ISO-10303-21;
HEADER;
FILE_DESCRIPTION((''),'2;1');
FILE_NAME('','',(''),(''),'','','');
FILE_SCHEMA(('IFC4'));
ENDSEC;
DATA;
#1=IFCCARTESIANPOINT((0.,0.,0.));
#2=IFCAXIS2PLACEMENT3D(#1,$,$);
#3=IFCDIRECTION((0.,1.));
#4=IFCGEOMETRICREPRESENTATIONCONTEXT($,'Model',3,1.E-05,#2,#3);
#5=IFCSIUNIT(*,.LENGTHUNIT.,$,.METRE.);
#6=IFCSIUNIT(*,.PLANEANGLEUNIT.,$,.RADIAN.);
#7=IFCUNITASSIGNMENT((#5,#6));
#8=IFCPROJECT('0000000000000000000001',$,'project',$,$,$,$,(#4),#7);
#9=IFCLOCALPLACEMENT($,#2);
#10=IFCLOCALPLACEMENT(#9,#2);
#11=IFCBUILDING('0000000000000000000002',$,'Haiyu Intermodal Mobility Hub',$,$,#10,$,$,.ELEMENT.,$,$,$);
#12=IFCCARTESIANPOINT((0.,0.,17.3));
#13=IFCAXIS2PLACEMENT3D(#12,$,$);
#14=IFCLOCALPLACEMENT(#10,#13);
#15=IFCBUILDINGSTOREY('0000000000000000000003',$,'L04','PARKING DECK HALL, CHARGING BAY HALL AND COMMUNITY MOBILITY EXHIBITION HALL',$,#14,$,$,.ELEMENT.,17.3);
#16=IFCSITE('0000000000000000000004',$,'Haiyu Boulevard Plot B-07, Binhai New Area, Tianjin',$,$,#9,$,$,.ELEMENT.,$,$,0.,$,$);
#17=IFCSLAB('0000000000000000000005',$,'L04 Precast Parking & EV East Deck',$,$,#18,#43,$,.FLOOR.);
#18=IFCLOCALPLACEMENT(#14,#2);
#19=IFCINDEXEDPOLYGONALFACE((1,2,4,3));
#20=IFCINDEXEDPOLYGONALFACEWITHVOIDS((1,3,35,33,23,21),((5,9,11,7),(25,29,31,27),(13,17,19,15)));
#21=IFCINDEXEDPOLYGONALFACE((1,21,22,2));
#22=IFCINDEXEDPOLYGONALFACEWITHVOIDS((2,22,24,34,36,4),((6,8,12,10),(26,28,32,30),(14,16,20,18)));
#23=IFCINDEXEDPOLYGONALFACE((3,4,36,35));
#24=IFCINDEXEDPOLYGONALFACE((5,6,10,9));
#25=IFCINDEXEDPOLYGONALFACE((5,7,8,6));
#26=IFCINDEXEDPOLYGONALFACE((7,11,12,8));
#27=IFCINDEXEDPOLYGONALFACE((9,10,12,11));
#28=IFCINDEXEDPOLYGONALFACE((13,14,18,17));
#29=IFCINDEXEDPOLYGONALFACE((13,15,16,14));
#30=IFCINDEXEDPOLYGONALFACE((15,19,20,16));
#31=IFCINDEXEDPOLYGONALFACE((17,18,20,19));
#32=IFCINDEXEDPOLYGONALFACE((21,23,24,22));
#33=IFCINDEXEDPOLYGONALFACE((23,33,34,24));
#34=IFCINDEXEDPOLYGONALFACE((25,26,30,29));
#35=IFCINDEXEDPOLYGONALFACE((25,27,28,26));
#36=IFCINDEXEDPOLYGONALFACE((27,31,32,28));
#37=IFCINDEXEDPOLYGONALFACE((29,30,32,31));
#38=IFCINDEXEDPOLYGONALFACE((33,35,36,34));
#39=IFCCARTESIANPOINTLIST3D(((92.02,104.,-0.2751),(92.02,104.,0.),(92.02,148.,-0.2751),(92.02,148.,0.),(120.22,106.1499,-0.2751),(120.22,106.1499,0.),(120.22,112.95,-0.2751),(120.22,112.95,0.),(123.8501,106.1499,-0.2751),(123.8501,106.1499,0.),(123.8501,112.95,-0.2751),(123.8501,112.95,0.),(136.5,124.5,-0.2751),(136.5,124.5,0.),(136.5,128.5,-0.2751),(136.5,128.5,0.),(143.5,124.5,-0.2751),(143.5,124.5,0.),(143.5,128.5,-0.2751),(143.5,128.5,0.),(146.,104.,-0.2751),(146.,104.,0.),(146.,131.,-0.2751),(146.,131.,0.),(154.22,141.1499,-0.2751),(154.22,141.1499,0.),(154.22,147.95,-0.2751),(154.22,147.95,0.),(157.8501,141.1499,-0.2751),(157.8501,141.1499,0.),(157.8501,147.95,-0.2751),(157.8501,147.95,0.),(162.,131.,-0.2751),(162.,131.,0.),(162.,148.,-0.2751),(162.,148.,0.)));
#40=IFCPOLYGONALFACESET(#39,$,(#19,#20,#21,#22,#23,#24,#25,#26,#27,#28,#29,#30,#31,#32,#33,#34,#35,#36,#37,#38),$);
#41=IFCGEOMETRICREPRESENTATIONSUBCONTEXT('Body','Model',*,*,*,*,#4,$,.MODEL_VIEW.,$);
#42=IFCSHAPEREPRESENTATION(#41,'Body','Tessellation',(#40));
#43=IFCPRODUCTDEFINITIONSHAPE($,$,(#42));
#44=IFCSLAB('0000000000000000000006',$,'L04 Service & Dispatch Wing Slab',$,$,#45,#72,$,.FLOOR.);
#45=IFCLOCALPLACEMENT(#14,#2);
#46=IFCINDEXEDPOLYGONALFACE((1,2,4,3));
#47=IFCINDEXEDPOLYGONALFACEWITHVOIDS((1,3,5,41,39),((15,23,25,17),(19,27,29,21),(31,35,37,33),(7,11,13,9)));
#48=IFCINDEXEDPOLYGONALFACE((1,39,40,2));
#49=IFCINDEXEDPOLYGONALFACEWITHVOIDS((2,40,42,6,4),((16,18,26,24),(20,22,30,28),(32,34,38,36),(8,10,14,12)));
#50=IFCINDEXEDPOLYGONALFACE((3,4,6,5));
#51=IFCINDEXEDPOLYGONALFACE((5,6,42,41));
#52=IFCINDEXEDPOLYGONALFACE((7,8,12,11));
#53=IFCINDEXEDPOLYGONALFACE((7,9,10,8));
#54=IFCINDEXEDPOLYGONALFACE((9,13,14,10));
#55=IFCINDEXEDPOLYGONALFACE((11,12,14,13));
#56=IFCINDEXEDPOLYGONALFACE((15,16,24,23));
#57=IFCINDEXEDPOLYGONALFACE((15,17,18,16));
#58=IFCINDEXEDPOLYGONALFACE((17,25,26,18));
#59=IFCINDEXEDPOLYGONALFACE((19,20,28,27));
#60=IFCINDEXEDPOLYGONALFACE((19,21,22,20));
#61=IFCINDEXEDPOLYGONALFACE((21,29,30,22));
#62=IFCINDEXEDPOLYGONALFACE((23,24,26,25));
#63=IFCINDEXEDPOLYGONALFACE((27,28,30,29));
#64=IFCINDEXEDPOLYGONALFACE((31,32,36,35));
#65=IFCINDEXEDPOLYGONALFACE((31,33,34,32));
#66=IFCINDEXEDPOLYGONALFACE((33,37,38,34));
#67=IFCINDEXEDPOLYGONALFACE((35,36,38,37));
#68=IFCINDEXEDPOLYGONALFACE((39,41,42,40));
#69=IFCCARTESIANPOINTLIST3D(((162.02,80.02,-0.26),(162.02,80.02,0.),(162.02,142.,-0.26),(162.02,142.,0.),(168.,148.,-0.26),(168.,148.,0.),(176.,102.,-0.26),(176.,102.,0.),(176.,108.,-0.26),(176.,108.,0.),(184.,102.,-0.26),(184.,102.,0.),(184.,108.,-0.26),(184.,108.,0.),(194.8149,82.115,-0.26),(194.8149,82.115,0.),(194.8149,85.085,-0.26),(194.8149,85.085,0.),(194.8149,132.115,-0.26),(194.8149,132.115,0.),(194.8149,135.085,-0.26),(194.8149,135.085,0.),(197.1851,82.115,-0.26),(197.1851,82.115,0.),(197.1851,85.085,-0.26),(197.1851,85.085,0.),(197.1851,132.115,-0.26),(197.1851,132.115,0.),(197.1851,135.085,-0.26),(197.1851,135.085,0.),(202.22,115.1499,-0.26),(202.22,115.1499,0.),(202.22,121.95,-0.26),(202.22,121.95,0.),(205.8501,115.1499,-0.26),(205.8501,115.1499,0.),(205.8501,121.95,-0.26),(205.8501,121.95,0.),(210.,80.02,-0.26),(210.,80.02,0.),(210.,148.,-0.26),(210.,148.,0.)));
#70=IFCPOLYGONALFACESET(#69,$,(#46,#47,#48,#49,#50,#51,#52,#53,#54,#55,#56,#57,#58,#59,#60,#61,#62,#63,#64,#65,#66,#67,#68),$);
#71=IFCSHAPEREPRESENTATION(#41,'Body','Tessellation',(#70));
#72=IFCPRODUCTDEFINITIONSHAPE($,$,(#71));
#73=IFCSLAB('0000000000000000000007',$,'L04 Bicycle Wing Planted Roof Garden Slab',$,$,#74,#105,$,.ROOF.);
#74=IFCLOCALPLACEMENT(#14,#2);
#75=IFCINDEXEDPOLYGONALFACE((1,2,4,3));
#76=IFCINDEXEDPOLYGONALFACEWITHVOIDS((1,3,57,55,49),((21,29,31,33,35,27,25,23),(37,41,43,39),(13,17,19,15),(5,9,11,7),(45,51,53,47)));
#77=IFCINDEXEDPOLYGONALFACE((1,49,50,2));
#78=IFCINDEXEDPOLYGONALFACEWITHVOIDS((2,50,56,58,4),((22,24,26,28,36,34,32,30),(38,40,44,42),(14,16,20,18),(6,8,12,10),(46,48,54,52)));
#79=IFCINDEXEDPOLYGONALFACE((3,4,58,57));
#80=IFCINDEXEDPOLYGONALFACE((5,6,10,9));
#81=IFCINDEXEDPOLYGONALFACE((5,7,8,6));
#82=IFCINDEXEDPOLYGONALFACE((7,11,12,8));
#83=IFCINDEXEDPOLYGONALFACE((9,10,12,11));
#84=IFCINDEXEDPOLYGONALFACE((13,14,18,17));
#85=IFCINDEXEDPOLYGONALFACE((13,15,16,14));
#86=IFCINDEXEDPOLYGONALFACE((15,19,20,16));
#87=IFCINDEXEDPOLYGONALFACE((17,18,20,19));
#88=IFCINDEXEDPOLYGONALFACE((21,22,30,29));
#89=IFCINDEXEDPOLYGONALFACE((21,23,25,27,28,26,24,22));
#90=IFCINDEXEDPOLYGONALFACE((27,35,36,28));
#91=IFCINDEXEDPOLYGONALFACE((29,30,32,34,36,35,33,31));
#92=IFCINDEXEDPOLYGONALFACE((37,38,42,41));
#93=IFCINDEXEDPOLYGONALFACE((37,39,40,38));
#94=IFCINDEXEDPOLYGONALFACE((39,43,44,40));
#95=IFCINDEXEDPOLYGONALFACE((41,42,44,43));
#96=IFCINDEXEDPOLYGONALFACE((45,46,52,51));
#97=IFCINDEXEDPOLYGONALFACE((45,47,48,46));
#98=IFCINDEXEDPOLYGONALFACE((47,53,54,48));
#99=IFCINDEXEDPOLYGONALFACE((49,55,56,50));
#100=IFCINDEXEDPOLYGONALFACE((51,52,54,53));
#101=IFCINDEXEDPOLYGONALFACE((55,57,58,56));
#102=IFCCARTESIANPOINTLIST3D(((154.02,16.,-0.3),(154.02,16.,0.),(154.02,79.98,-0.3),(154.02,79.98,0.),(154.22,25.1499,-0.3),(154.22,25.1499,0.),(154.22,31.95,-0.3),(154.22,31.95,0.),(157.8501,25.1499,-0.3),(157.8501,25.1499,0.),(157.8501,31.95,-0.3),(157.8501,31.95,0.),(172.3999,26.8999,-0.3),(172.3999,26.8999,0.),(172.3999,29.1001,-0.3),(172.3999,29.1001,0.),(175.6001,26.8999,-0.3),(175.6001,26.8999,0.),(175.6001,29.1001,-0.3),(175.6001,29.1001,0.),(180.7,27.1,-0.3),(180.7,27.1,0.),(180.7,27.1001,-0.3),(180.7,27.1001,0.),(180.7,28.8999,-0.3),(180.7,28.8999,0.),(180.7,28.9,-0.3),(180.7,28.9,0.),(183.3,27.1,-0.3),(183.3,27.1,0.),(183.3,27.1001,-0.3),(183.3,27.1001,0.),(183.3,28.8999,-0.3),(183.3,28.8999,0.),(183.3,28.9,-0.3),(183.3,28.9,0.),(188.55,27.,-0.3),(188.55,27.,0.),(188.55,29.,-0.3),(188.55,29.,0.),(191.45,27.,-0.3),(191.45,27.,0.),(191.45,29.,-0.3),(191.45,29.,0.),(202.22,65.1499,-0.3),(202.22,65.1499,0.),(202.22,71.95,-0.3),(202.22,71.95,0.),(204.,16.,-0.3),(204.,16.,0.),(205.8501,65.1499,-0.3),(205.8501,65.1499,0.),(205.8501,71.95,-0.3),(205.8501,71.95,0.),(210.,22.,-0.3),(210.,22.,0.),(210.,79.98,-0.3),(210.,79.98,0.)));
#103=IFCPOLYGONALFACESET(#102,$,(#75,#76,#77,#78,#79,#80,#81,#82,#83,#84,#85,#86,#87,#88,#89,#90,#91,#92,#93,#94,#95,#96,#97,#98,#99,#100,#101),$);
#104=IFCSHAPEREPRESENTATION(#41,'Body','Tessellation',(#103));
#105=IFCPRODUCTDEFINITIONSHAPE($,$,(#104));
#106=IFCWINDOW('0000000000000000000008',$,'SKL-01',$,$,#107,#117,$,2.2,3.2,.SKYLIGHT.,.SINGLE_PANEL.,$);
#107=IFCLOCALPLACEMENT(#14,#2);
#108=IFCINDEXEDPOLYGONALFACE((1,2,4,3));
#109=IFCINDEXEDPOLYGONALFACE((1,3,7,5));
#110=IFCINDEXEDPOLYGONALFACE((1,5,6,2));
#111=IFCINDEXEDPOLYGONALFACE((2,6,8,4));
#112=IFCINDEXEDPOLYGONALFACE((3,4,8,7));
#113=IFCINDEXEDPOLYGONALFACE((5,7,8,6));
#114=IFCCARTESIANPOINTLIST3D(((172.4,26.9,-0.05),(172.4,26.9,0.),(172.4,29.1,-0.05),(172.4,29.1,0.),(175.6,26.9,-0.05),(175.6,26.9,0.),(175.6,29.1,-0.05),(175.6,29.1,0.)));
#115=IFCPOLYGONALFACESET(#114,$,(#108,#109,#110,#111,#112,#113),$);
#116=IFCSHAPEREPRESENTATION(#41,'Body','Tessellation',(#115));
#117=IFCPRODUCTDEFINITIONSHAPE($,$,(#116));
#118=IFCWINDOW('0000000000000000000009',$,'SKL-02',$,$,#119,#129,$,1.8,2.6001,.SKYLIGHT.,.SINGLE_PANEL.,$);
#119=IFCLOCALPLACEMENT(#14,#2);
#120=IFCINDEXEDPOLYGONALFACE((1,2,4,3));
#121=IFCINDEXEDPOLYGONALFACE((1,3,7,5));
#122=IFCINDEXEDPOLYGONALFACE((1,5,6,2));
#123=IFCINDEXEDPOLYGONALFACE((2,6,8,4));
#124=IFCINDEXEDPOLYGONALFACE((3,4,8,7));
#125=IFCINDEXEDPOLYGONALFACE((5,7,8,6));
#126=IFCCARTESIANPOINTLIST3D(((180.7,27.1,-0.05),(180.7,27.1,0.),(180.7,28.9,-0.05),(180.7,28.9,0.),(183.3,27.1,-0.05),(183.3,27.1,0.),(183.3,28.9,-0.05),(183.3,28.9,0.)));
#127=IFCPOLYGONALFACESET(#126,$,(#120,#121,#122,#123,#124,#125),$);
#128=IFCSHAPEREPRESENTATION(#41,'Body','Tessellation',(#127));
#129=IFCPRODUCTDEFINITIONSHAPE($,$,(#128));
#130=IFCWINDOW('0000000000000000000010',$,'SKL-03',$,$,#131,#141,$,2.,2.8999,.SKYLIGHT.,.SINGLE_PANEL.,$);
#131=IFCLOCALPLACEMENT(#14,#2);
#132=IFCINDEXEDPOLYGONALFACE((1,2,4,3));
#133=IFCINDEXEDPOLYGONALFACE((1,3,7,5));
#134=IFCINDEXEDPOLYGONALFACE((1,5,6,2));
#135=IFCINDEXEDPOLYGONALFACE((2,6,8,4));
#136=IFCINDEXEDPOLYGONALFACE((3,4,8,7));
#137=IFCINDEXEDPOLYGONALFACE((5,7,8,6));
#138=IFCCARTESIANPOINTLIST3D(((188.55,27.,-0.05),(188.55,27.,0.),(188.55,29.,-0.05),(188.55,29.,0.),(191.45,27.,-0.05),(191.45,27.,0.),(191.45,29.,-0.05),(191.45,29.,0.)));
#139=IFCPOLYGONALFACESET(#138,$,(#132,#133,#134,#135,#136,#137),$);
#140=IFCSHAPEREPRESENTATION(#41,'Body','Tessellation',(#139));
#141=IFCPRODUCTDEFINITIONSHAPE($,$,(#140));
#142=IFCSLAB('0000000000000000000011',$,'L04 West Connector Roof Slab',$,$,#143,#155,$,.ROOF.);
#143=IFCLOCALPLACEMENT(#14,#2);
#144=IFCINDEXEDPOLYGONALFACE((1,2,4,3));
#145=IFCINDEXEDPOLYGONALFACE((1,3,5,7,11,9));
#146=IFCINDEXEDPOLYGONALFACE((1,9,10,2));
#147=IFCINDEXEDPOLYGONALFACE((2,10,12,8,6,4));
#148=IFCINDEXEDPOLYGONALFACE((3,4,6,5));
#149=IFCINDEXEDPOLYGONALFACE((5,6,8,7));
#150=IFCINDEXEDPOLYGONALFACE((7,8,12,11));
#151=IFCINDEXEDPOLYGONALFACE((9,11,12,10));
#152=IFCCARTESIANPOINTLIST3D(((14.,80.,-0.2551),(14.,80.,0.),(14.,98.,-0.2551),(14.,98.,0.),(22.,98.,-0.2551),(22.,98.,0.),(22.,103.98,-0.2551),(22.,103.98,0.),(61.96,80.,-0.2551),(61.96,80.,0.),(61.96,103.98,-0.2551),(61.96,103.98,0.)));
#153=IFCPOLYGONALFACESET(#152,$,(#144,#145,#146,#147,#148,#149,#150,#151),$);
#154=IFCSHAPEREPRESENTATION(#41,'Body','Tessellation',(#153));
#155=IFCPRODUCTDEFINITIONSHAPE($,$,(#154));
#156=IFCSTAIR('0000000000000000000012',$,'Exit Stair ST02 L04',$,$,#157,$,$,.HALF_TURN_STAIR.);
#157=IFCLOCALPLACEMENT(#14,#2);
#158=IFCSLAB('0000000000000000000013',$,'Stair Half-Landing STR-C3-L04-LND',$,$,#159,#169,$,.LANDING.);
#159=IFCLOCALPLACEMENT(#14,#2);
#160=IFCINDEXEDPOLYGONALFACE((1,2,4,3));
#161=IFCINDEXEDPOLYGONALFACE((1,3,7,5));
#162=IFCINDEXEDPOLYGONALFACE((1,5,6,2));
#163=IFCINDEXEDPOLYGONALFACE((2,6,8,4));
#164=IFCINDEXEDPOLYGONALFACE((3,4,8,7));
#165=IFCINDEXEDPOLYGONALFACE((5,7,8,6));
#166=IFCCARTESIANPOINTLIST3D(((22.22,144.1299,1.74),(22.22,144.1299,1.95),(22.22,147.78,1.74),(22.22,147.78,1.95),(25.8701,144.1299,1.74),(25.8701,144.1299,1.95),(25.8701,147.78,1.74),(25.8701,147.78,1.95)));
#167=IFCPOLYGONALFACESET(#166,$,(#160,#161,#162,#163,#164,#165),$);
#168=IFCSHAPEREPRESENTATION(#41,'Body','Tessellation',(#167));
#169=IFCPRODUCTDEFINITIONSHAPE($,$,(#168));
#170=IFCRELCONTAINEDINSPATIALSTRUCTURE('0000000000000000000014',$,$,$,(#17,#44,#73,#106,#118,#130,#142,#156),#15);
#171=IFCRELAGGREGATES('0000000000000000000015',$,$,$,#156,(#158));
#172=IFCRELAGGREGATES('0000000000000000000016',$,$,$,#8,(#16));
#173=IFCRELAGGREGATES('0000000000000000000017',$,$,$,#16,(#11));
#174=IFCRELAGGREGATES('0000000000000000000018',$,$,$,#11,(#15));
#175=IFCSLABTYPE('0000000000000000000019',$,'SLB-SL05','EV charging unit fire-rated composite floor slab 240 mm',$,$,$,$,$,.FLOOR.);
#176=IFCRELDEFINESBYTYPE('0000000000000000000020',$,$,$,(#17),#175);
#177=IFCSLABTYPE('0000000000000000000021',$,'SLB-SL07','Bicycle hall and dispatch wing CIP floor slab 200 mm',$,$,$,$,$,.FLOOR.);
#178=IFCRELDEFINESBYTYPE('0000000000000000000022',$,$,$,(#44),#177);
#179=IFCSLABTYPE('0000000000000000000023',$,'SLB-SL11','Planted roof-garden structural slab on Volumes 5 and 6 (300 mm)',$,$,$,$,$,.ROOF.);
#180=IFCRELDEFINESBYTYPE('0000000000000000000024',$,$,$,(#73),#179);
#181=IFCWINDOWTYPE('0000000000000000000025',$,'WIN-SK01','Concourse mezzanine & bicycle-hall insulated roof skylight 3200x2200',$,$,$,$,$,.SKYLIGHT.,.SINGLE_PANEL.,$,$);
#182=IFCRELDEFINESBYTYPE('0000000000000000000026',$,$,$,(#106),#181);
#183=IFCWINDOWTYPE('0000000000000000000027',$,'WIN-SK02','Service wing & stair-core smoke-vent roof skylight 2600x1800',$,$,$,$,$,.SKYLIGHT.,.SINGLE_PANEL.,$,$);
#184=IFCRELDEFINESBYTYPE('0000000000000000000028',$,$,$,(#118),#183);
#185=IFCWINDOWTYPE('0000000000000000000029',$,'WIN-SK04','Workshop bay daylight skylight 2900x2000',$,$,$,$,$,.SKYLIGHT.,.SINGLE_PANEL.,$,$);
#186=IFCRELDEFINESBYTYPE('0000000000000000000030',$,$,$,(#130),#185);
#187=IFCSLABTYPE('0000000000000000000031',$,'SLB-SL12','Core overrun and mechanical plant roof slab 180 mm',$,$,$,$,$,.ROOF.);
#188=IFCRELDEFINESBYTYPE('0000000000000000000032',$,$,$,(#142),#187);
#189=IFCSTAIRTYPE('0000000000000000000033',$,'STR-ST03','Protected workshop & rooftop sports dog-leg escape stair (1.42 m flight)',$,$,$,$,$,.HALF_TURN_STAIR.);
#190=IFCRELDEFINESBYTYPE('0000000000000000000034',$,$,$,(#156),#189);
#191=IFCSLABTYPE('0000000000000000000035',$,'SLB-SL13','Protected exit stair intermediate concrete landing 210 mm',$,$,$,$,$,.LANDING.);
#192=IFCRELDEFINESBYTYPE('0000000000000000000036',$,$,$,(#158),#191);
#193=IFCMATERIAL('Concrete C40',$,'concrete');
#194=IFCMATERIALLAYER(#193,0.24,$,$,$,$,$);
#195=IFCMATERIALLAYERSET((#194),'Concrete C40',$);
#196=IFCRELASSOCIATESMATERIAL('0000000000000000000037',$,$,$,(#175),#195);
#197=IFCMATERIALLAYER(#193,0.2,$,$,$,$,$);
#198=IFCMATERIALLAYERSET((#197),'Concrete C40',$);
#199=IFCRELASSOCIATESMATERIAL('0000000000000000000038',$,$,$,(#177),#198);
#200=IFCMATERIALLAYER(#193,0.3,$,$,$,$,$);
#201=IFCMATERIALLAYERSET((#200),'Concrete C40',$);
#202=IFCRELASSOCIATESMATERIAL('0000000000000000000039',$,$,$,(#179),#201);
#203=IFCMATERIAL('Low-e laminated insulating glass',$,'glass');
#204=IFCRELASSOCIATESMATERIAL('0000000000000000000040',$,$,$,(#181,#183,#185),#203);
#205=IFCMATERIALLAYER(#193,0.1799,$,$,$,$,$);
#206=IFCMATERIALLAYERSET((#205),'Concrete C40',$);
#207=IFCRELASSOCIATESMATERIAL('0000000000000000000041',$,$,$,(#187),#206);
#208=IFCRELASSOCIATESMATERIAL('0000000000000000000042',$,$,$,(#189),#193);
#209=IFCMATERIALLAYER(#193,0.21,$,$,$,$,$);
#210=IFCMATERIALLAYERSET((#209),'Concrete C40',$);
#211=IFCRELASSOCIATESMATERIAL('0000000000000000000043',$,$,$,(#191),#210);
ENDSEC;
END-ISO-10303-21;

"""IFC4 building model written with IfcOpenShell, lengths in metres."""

from ifc_helpers import new_model, si_unit, direction, frame, origin, origin_2d, place, context, subcontext, project, spatial, polyline, rectangle, outline, extrude, material, layer, layer_set, type_object, element, fill, aggregate, save


model = new_model("IFC4")

# Units and contexts
model_context = context("Model", 3, precision=1e-05, world=origin(), true_north=direction((0.0, 1.0)))
body_context = subcontext(model_context, "Body", "Model", "MODEL_VIEW")
ifc_project = project(units=[si_unit("LENGTHUNIT", "METRE"), si_unit("PLANEANGLEUNIT", "RADIAN")], contexts=[model_context])

# Site, building, storey
site_placement = place(None, origin())
site = spatial("IfcSite", under=ifc_project, at=site_placement, Name="Haiyu Boulevard Plot B-07, Binhai New Area, Tianjin", CompositionType="ELEMENT", RefElevation=0.0)
building_placement = place(site_placement, origin())
building = spatial("IfcBuilding", under=site, at=building_placement, Name="Haiyu Intermodal Mobility Hub", CompositionType="ELEMENT")
storey_placement = place(building_placement, frame((0.0, 0.0, 17.3)))
storey = spatial("IfcBuildingStorey", under=building, at=storey_placement, Name="L04", Description="PARKING DECK HALL, CHARGING BAY HALL AND COMMUNITY MOBILITY EXHIBITION HALL", CompositionType="ELEMENT", Elevation=17.3)

# Shared definitions
ifc_material_1 = material(Name="Concrete C40", Category="concrete")

# Slabs
ifc_layer_1 = layer(ifc_material_1, 0.24)
ifc_layer_set_1 = layer_set([ifc_layer_1], Name="Concrete C40")
slab_type_1 = type_object("IfcSlabType", Name="SLB-SL05", Description="EV charging unit fire-rated composite floor slab 240 mm", PredefinedType="FLOOR", material=ifc_layer_set_1)
slab_1_placement = place(storey_placement, frame((0.0, 0.0, -0.2751)))
element("IfcSlab", 1, at=slab_1_placement, inside=storey, type_object=slab_type_1, Name="L04 Precast Parking & EV East Deck", PredefinedType="FLOOR", context=body_context, shape_type="SweptSolid", body=[
    extrude(outline(polyline([(92.02, 104.0), (146.0, 104.0), (146.0, 131.0), (162.0, 131.0), (162.0, 148.0), (92.02, 148.0), (92.02, 104.0)]), holes=[polyline([(154.22, 141.1499), (157.8501, 141.1499), (157.8501, 147.95), (154.22, 147.95), (154.22, 141.1499)]), polyline([(120.22, 106.1499), (123.8501, 106.1499), (123.8501, 112.95), (120.22, 112.95), (120.22, 106.1499)]), polyline([(136.5, 124.5), (143.5, 124.5), (143.5, 128.5), (136.5, 128.5), (136.5, 124.5)])]), origin(), (0.0, 0.0, 1.0), 0.2751),
])
ifc_layer_2 = layer(ifc_material_1, 0.2)
ifc_layer_set_2 = layer_set([ifc_layer_2], Name="Concrete C40")
slab_type_2 = type_object("IfcSlabType", Name="SLB-SL07", Description="Bicycle hall and dispatch wing CIP floor slab 200 mm", PredefinedType="FLOOR", material=ifc_layer_set_2)
slab_2_placement = place(storey_placement, frame((0.0, 0.0, -0.26)))
element("IfcSlab", 2, at=slab_2_placement, inside=storey, type_object=slab_type_2, Name="L04 Service & Dispatch Wing Slab", PredefinedType="FLOOR", context=body_context, shape_type="SweptSolid", body=[
    extrude(outline(polyline([(162.02, 80.02), (210.0, 80.02), (210.0, 148.0), (168.0, 148.0), (162.02, 142.0), (162.02, 80.02)]), holes=[polyline([(202.22, 115.1499), (205.8501, 115.1499), (205.8501, 121.95), (202.22, 121.95), (202.22, 115.1499)]), polyline([(194.8149, 82.115), (197.1851, 82.115), (197.1851, 85.085), (194.8149, 85.085), (194.8149, 82.115)]), polyline([(194.8149, 132.115), (197.1851, 132.115), (197.1851, 135.085), (194.8149, 135.085), (194.8149, 132.115)]), polyline([(176.0, 102.0), (184.0, 102.0), (184.0, 108.0), (176.0, 108.0), (176.0, 102.0)])]), origin(), (0.0, 0.0, 1.0), 0.26),
])

# Slab, openings, windows
ifc_layer_3 = layer(ifc_material_1, 0.3)
ifc_layer_set_3 = layer_set([ifc_layer_3], Name="Concrete C40")
slab_type_3 = type_object("IfcSlabType", Name="SLB-SL11", Description="Planted roof-garden structural slab on Volumes 5 and 6 (300 mm)", PredefinedType="ROOF", material=ifc_layer_set_3)
slab_3_placement = place(storey_placement, frame((0.0, 0.0, -0.3)))
slab_3 = element("IfcSlab", 3, at=slab_3_placement, inside=storey, type_object=slab_type_3, Name="L04 Bicycle Wing Planted Roof Garden Slab", PredefinedType="ROOF", context=body_context, shape_type="SweptSolid", body=[
    extrude(outline(polyline([(154.02, 16.0), (204.0, 16.0), (210.0, 22.0), (210.0, 79.98), (154.02, 79.98), (154.02, 16.0)]), holes=[polyline([(154.22, 25.1499), (157.8501, 25.1499), (157.8501, 31.95), (154.22, 31.95), (154.22, 25.1499)]), polyline([(202.22, 65.1499), (205.8501, 65.1499), (205.8501, 71.95), (202.22, 71.95), (202.22, 65.1499)]), polyline([(172.3999, 26.8999), (175.6001, 26.8999), (175.6001, 29.1001), (172.3999, 29.1001), (172.3999, 26.8999)]), polyline([(180.7, 27.1001), (183.3, 27.1001), (183.3, 28.8999), (180.7, 28.8999), (180.7, 27.1001)]), polyline([(188.55, 27.0), (191.45, 27.0), (191.45, 29.0), (188.55, 29.0), (188.55, 27.0)])]), origin(), (0.0, 0.0, 1.0), 0.3),
])
opening_1_placement = place(slab_3_placement, frame((174.0, 28.0, 0.0)))
opening_1 = element("IfcOpeningElement", 4, at=opening_1_placement, cuts=slab_3, PredefinedType="OPENING", context=body_context, shape_type="SweptSolid", body=[
    extrude(rectangle(XDim=3.2, YDim=2.2, at=origin_2d()), frame((0.0, 0.0, -0.01)), (0.0, 0.0, 1.0), 0.3201),
])
opening_2_placement = place(slab_3_placement, frame((182.0, 28.0, 0.0)))
opening_2 = element("IfcOpeningElement", 5, at=opening_2_placement, cuts=slab_3, PredefinedType="OPENING", context=body_context, shape_type="SweptSolid", body=[
    extrude(rectangle(XDim=2.6001, YDim=1.8, at=origin_2d()), frame((0.0, 0.0, -0.01)), (0.0, 0.0, 1.0), 0.3201),
])
opening_3_placement = place(slab_3_placement, frame((190.0, 28.0, 0.0)))
opening_3 = element("IfcOpeningElement", 6, at=opening_3_placement, cuts=slab_3, PredefinedType="OPENING", context=body_context, shape_type="SweptSolid", body=[
    extrude(rectangle(XDim=2.8999, YDim=2.0, at=origin_2d()), frame((0.0, 0.0, -0.01)), (0.0, 0.0, 1.0), 0.3201),
])
ifc_material_2 = material(Name="Low-e laminated insulating glass", Category="glass")
window_type_1 = type_object("IfcWindowType", Name="WIN-SK01", Description="Concourse mezzanine & bicycle-hall insulated roof skylight 3200x2200", PartitioningType="SINGLE_PANEL", PredefinedType="SKYLIGHT", material=ifc_material_2)
window_1_placement = place(opening_1_placement, frame((0.0, 0.0, 0.25)))
window_1 = element("IfcWindow", 7, at=window_1_placement, inside=storey, type_object=window_type_1, Name="SKL-01", OverallHeight=2.2, OverallWidth=3.2, PartitioningType="SINGLE_PANEL", PredefinedType="SKYLIGHT", context=body_context, shape_type="SweptSolid", body=[
    extrude(rectangle(XDim=3.2, YDim=2.2, at=origin_2d()), origin(), (0.0, 0.0, 1.0), 0.05),
])
fill(opening_1, window_1)
window_type_2 = type_object("IfcWindowType", Name="WIN-SK02", Description="Service wing & stair-core smoke-vent roof skylight 2600x1800", PartitioningType="SINGLE_PANEL", PredefinedType="SKYLIGHT", material=ifc_material_2)
window_2_placement = place(opening_2_placement, frame((0.0, 0.0, 0.25)))
window_2 = element("IfcWindow", 8, at=window_2_placement, inside=storey, type_object=window_type_2, Name="SKL-02", OverallHeight=1.8, OverallWidth=2.6001, PartitioningType="SINGLE_PANEL", PredefinedType="SKYLIGHT", context=body_context, shape_type="SweptSolid", body=[
    extrude(rectangle(XDim=2.6001, YDim=1.8, at=origin_2d()), origin(), (0.0, 0.0, 1.0), 0.05),
])
fill(opening_2, window_2)
window_type_3 = type_object("IfcWindowType", Name="WIN-SK04", Description="Workshop bay daylight skylight 2900x2000", PartitioningType="SINGLE_PANEL", PredefinedType="SKYLIGHT", material=ifc_material_2)
window_3_placement = place(opening_3_placement, frame((0.0, 0.0, 0.25)))
window_3 = element("IfcWindow", 9, at=window_3_placement, inside=storey, type_object=window_type_3, Name="SKL-03", OverallHeight=2.0, OverallWidth=2.8999, PartitioningType="SINGLE_PANEL", PredefinedType="SKYLIGHT", context=body_context, shape_type="SweptSolid", body=[
    extrude(rectangle(XDim=2.8999, YDim=2.0, at=origin_2d()), origin(), (0.0, 0.0, 1.0), 0.05),
])
fill(opening_3, window_3)

# Slab
ifc_layer_4 = layer(ifc_material_1, 0.1799)
ifc_layer_set_4 = layer_set([ifc_layer_4], Name="Concrete C40")
slab_type_4 = type_object("IfcSlabType", Name="SLB-SL12", Description="Core overrun and mechanical plant roof slab 180 mm", PredefinedType="ROOF", material=ifc_layer_set_4)
slab_4_placement = place(storey_placement, frame((0.0, 0.0, -0.2551)))
element("IfcSlab", 10, at=slab_4_placement, inside=storey, type_object=slab_type_4, Name="L04 West Connector Roof Slab", PredefinedType="ROOF", context=body_context, shape_type="SweptSolid", body=[
    extrude(outline(polyline([(14.0, 80.0), (61.96, 80.0), (61.96, 103.98), (22.0, 103.98), (22.0, 98.0), (14.0, 98.0), (14.0, 80.0)])), origin(), (0.0, 0.0, 1.0), 0.2551),
])

# Stair, slab
stair_type_1 = type_object("IfcStairType", Name="STR-ST03", Description="Protected workshop & rooftop sports dog-leg escape stair (1.42 m flight)", PredefinedType="HALF_TURN_STAIR", material=ifc_material_1)
stair_1_placement = place(storey_placement, origin())
stair_1 = element("IfcStair", 11, at=stair_1_placement, inside=storey, type_object=stair_type_1, Name="Exit Stair ST02 L04", PredefinedType="HALF_TURN_STAIR")
ifc_layer_5 = layer(ifc_material_1, 0.21)
ifc_layer_set_5 = layer_set([ifc_layer_5], Name="Concrete C40")
slab_type_5 = type_object("IfcSlabType", Name="SLB-SL13", Description="Protected exit stair intermediate concrete landing 210 mm", PredefinedType="LANDING", material=ifc_layer_set_5)
slab_5_placement = place(storey_placement, frame((0.0, 0.0, 1.74)))
slab_5 = element("IfcSlab", 12, at=slab_5_placement, type_object=slab_type_5, Name="Stair Half-Landing STR-C3-L04-LND", PredefinedType="LANDING", context=body_context, shape_type="SweptSolid", body=[
    extrude(outline(polyline([(22.22, 144.1299), (25.8701, 144.1299), (25.8701, 147.78), (22.22, 147.78), (22.22, 144.1299)])), origin(), (0.0, 0.0, 1.0), 0.21),
])
aggregate(stair_1, [slab_5])

save(model, "model.ifc")
